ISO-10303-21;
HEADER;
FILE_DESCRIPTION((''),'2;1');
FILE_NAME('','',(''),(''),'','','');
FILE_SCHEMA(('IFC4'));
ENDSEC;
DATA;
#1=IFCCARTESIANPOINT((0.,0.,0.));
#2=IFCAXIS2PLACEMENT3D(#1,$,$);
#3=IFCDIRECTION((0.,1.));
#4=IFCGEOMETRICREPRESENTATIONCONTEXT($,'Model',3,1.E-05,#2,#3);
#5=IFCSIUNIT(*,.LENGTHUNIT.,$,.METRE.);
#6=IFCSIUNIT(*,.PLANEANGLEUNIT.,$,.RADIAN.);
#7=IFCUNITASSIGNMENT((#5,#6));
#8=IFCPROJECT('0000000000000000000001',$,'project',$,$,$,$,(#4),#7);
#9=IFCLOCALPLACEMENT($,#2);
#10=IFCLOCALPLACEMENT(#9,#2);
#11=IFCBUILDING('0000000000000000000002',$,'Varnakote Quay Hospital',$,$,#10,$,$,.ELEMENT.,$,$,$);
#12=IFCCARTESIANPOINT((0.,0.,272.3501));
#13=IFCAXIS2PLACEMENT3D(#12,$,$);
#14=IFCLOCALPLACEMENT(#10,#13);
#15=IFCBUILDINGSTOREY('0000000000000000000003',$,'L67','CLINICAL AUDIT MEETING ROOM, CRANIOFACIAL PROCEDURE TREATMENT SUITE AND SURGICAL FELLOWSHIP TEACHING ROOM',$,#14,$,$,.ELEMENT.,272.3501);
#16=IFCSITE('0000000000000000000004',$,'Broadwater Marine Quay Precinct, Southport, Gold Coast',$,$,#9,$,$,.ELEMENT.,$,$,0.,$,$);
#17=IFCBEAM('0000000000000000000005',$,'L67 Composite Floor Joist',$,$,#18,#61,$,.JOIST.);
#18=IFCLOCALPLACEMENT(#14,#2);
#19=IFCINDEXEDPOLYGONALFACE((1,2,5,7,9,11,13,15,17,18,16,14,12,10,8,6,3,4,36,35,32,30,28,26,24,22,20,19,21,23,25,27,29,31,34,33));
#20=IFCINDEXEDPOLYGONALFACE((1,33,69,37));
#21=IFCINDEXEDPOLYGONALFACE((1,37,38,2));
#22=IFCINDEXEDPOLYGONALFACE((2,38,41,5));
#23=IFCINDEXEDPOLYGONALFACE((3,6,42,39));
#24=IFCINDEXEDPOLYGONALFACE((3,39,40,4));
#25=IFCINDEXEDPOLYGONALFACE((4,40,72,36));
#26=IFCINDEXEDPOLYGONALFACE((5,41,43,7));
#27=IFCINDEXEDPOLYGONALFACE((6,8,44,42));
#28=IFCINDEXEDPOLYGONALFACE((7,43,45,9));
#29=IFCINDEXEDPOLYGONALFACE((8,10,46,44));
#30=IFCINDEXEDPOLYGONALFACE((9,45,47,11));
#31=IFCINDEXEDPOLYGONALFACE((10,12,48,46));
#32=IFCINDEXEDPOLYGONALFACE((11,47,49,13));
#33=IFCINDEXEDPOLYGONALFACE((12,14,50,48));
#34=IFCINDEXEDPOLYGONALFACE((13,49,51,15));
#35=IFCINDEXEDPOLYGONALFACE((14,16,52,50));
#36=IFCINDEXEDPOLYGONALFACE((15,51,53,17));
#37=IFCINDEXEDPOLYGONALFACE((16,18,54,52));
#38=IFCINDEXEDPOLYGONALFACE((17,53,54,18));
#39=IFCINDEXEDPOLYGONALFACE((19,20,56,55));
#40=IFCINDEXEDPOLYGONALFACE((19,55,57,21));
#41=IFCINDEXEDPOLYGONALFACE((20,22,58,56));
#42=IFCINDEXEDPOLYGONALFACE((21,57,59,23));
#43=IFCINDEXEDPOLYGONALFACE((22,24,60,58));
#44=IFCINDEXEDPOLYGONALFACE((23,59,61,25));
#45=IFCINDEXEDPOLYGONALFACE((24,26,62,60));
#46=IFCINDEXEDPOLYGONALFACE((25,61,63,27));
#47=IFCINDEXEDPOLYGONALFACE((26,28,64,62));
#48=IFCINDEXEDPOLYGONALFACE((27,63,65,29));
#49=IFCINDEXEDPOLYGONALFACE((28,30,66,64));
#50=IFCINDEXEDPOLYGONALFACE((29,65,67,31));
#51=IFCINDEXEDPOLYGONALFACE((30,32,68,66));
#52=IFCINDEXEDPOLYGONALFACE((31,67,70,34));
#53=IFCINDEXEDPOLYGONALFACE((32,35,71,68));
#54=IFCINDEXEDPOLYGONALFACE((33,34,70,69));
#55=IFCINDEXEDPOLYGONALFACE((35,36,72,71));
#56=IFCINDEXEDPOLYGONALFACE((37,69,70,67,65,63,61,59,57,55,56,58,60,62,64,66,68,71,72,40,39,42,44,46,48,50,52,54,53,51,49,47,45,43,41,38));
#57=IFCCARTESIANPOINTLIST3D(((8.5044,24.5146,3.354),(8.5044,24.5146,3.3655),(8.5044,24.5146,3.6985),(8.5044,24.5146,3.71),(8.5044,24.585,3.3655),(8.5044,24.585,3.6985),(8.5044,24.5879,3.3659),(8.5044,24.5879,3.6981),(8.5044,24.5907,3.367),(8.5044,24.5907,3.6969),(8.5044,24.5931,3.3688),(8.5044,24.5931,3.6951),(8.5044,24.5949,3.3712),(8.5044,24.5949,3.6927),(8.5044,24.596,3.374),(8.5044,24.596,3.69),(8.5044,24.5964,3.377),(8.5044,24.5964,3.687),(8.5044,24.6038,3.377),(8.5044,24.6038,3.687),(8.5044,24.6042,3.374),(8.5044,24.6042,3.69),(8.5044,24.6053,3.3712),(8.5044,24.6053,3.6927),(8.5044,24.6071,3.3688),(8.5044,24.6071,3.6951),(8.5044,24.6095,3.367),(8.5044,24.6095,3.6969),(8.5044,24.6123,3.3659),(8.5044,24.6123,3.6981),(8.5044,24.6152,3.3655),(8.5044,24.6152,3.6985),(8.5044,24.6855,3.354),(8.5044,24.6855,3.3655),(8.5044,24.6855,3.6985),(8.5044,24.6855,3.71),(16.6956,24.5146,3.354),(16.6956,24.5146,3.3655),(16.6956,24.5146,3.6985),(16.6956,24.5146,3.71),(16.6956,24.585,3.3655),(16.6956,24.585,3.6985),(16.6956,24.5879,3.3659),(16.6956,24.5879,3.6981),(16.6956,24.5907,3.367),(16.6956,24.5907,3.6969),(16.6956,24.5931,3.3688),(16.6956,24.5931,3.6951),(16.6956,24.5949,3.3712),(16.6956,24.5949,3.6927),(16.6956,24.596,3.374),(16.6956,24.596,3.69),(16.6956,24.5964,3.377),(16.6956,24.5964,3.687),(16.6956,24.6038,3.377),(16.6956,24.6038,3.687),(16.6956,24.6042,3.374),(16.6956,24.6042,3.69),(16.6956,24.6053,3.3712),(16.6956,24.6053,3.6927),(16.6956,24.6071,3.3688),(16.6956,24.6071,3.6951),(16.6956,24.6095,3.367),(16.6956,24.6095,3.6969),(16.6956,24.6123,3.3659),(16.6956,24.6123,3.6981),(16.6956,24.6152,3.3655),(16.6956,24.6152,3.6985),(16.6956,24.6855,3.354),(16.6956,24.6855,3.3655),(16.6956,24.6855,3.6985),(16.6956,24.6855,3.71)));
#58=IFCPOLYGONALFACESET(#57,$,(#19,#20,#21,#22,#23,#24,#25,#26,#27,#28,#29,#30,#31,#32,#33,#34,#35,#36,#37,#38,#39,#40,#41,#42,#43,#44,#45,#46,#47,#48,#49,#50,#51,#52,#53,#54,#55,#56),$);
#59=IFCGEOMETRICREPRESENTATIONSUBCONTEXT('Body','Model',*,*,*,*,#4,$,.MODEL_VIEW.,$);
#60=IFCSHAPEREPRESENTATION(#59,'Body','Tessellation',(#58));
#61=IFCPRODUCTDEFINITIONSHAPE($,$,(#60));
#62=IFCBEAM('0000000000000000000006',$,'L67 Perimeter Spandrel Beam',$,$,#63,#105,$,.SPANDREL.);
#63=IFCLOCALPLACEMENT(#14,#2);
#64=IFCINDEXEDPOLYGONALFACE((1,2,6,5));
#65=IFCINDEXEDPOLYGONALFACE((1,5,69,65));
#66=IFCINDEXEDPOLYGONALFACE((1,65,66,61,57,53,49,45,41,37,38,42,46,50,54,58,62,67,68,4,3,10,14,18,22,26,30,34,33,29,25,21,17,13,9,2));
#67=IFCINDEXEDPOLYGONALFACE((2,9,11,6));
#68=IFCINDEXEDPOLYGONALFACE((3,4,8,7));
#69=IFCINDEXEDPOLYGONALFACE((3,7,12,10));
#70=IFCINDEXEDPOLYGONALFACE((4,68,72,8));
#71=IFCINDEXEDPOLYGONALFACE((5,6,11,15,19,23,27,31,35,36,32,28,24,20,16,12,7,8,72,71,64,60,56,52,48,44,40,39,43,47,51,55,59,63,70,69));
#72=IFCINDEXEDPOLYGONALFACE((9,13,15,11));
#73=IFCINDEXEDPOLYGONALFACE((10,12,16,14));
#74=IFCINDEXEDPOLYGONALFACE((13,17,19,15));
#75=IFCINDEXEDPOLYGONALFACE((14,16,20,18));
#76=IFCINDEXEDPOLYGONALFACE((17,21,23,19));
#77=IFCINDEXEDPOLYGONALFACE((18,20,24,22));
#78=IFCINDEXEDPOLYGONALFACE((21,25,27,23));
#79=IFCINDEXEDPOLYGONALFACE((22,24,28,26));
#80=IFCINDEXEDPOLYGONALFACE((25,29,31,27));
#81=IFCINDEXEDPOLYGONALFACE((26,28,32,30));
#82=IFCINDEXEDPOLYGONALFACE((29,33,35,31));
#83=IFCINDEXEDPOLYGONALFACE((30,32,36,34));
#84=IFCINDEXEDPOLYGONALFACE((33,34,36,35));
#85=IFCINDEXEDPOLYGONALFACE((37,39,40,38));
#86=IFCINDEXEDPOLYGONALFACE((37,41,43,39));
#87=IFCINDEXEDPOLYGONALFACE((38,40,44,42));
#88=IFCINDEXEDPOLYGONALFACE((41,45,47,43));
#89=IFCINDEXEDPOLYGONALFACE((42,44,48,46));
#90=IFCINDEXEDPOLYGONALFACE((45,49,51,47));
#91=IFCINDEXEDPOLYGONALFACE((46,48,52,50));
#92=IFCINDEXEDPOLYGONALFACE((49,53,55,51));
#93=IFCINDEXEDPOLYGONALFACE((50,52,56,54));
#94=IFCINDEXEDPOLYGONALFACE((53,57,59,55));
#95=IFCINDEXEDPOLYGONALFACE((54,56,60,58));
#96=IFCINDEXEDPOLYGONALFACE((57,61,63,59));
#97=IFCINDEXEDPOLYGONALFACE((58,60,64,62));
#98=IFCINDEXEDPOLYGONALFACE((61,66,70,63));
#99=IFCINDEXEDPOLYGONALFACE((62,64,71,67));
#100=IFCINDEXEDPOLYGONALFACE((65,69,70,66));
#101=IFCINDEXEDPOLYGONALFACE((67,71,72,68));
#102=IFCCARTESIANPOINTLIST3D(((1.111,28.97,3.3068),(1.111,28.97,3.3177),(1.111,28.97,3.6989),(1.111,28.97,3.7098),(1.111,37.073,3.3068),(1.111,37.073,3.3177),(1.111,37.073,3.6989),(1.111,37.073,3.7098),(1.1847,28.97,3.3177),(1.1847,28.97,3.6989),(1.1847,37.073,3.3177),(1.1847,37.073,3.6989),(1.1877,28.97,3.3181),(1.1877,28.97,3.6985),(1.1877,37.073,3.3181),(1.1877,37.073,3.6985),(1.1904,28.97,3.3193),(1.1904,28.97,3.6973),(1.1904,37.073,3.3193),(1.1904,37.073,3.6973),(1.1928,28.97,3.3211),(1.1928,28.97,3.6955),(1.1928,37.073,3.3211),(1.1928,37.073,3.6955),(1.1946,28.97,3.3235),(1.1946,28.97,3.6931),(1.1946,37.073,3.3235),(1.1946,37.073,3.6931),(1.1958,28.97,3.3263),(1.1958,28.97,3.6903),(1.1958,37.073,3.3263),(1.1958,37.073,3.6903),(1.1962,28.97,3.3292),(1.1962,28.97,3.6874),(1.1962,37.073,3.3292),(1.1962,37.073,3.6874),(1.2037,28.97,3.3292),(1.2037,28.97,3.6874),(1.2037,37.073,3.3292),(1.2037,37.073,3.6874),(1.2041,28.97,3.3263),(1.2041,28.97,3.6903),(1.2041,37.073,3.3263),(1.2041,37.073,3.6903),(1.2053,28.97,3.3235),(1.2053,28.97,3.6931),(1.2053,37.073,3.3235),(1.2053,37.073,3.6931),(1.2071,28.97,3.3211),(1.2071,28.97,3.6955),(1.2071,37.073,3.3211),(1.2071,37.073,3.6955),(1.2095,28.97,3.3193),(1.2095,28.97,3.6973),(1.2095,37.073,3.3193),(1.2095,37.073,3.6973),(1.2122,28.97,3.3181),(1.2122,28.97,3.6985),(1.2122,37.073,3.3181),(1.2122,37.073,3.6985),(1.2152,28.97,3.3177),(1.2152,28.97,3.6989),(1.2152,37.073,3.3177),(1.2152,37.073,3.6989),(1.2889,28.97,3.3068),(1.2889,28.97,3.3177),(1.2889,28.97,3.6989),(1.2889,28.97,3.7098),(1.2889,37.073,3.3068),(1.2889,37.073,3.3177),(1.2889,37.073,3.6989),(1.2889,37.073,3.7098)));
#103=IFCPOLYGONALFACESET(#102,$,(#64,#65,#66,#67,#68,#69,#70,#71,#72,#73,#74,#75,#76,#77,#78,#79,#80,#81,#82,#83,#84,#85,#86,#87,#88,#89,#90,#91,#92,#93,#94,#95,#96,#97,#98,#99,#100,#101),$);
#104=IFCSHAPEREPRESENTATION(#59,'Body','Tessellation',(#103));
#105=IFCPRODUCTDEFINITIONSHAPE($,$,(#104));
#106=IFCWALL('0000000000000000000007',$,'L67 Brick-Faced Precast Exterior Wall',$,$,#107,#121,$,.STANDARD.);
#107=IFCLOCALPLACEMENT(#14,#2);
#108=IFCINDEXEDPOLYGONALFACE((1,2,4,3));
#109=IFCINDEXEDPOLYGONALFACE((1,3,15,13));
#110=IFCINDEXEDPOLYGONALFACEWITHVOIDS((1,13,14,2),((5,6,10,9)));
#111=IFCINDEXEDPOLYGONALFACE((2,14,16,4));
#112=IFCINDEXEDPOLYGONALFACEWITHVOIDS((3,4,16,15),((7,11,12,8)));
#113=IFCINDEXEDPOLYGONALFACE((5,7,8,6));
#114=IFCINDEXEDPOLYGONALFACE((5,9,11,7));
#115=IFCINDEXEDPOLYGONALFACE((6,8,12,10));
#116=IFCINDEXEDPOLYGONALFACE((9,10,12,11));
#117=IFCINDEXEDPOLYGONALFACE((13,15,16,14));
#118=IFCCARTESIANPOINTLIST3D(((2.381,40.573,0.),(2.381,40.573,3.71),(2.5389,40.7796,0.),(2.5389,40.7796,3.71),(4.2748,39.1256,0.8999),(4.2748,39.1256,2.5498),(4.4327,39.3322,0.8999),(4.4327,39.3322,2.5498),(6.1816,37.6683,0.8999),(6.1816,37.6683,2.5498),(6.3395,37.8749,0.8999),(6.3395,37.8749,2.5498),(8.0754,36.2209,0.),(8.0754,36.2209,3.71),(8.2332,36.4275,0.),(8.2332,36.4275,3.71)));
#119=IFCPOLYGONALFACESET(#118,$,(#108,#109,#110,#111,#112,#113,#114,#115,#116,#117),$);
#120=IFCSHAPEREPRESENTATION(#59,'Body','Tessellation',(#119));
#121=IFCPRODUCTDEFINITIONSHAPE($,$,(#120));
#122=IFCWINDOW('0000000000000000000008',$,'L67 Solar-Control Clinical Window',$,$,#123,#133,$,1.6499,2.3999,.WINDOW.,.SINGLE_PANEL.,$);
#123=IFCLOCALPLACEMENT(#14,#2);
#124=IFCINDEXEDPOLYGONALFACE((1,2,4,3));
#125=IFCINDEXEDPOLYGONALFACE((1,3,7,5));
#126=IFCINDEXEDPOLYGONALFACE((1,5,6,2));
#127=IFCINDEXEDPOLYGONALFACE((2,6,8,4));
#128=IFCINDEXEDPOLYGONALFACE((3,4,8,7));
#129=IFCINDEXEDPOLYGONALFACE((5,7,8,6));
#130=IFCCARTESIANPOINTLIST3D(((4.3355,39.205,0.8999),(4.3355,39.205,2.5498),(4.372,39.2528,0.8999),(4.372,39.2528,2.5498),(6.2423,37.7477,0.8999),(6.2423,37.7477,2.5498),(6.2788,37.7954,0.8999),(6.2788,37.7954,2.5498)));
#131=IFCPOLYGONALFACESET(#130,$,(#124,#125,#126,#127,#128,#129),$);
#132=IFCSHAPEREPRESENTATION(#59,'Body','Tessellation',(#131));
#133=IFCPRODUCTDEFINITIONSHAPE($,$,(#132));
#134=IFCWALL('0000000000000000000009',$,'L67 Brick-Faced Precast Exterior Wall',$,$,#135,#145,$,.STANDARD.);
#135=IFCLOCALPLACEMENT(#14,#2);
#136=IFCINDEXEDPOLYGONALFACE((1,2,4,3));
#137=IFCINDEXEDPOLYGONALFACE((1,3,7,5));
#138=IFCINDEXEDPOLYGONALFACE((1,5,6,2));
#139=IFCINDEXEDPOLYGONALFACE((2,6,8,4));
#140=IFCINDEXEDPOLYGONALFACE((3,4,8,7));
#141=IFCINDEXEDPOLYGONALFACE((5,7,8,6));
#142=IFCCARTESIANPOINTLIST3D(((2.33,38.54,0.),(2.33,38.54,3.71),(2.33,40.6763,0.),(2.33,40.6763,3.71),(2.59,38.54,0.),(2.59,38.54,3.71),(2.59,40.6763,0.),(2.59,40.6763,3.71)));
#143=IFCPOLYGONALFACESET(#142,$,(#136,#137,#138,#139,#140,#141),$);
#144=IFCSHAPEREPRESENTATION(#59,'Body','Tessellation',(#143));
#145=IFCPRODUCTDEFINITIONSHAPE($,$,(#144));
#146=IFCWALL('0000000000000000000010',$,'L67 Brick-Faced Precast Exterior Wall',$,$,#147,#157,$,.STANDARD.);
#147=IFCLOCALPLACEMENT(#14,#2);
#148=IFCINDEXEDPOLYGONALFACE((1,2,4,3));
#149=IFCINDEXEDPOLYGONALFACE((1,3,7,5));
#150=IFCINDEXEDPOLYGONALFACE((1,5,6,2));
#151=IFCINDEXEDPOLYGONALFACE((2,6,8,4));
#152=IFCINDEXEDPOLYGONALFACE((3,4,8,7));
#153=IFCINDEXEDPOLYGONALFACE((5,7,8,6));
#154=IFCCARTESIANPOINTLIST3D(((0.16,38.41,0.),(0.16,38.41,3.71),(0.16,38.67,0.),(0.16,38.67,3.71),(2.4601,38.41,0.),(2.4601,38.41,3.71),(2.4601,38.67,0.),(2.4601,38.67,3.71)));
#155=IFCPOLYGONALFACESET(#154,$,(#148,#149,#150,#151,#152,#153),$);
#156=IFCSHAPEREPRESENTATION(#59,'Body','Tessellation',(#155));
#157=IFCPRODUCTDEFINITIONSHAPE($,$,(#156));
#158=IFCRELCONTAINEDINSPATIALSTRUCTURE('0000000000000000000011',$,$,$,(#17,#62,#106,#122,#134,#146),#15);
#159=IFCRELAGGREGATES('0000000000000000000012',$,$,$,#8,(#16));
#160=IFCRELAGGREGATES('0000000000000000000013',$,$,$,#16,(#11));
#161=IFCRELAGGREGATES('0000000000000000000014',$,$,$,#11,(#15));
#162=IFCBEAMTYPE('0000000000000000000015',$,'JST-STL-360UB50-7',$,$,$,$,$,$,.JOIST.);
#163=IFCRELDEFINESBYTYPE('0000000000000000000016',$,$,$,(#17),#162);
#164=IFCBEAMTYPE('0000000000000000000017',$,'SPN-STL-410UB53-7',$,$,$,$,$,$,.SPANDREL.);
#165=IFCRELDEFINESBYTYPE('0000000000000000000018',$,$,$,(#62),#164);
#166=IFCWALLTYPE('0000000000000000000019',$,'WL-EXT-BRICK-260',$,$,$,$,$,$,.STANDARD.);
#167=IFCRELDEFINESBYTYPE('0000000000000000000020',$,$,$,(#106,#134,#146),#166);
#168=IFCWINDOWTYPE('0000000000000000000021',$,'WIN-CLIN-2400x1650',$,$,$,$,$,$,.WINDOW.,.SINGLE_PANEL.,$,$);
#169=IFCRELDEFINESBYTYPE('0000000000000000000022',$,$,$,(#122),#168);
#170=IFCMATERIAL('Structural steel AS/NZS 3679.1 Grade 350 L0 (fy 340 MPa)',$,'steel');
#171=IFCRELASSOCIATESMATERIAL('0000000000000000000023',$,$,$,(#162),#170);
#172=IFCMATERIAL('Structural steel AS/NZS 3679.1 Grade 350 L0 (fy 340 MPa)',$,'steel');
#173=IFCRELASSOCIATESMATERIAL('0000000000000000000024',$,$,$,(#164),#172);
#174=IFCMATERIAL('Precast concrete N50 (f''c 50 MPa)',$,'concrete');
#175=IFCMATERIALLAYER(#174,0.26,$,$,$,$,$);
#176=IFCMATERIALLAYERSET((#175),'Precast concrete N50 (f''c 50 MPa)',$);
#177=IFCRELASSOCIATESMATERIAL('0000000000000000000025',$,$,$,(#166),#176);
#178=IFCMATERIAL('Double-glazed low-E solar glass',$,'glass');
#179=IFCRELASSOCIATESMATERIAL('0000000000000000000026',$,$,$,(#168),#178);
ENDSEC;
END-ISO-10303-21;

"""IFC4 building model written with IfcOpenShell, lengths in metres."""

from ifc_helpers import new_model, si_unit, direction, frame, frame_2d, origin, origin_2d, place, context, subcontext, project, spatial, rectangle, i_section, extrude, material, layer, layer_set, material_profile, profile_set, type_object, element, fill, save


model = new_model("IFC4")

# Units and contexts
model_context = context("Model", 3, precision=1e-05, world=origin(), true_north=direction((0.0, 1.0)))
body_context = subcontext(model_context, "Body", "Model", "MODEL_VIEW")
ifc_project = project(units=[si_unit("LENGTHUNIT", "METRE"), si_unit("PLANEANGLEUNIT", "RADIAN")], contexts=[model_context])

# Site, building, storey
site_placement = place(None, origin())
site = spatial("IfcSite", under=ifc_project, at=site_placement, Name="Broadwater Marine Quay Precinct, Southport, Gold Coast", CompositionType="ELEMENT", RefElevation=0.0)
building_placement = place(site_placement, origin())
building = spatial("IfcBuilding", under=site, at=building_placement, Name="Varnakote Quay Hospital", CompositionType="ELEMENT")
storey_placement = place(building_placement, frame((0.0, 0.0, 272.3501)))
storey = spatial("IfcBuildingStorey", under=building, at=storey_placement, Name="L67", Description="CLINICAL AUDIT MEETING ROOM, CRANIOFACIAL PROCEDURE TREATMENT SUITE AND SURGICAL FELLOWSHIP TEACHING ROOM", CompositionType="ELEMENT", Elevation=272.3501)

# Beams
ifc_material_1 = material(Name="Structural steel AS/NZS 3679.1 Grade 350 L0 (fy 340 MPa)", Category="steel")
ifc_material_profile_1 = material_profile(ifc_material_1, i_section(OverallWidth=0.1709, OverallDepth=0.356, WebThickness=0.0073, FlangeThickness=0.0115, FilletRadius=0.0115, at=origin_2d()), Name="360UB50.7")
ifc_profile_set_1 = profile_set([ifc_material_profile_1], Name="Structural steel AS/NZS 3679.1 Grade 350 L0 (fy 340 MPa)")
beam_type_1 = type_object("IfcBeamType", Name="JST-STL-360UB50-7", PredefinedType="JOIST", material=ifc_profile_set_1)
beam_1_placement = place(storey_placement, frame((8.5044, 24.6001, 3.532), z_axis=(1.0, 0.0, 0.0), x_axis=(0.0, 1.0, 0.0)))
element("IfcBeam", 1, at=beam_1_placement, inside=storey, type_object=beam_type_1, Name="L67 Composite Floor Joist", PredefinedType="JOIST", context=body_context, shape_type="SweptSolid", body=[
    extrude(i_section(OverallWidth=0.1709, OverallDepth=0.356, WebThickness=0.0073, FlangeThickness=0.0115, FilletRadius=0.0115, at=origin_2d()), origin(), (0.0, 0.0, 1.0), 8.1912),
])
ifc_material_2 = material(Name="Structural steel AS/NZS 3679.1 Grade 350 L0 (fy 340 MPa)", Category="steel")
ifc_material_profile_2 = material_profile(ifc_material_2, i_section(OverallWidth=0.178, OverallDepth=0.4031, WebThickness=0.0076, FlangeThickness=0.011, FilletRadius=0.0115, at=origin_2d()), Name="410UB53.7")
ifc_profile_set_2 = profile_set([ifc_material_profile_2], Name="Structural steel AS/NZS 3679.1 Grade 350 L0 (fy 340 MPa)")
beam_type_2 = type_object("IfcBeamType", Name="SPN-STL-410UB53-7", PredefinedType="SPANDREL", material=ifc_profile_set_2)
beam_2_placement = place(storey_placement, frame((1.2, 28.97, 3.5083), z_axis=(0.0, 1.0, 0.0), x_axis=(-1.0, 0.0, 0.0)))
element("IfcBeam", 2, at=beam_2_placement, inside=storey, type_object=beam_type_2, Name="L67 Perimeter Spandrel Beam", PredefinedType="SPANDREL", context=body_context, shape_type="SweptSolid", body=[
    extrude(i_section(OverallWidth=0.178, OverallDepth=0.4031, WebThickness=0.0076, FlangeThickness=0.011, FilletRadius=0.0115, at=origin_2d()), origin(), (0.0, 0.0, 1.0), 8.103),
])

# Wall, opening, window
ifc_material_3 = material(Name="Precast concrete N50 (f'c 50 MPa)", Category="concrete")
ifc_layer_1 = layer(ifc_material_3, 0.26)
ifc_layer_set_1 = layer_set([ifc_layer_1], Name="Precast concrete N50 (f'c 50 MPa)")
wall_type_1 = type_object("IfcWallType", Name="WL-EXT-BRICK-260", PredefinedType="STANDARD", material=ifc_layer_set_1)
wall_1_placement = place(storey_placement, frame((8.1543, 36.3242, 0.0), z_axis=(0.0, 0.0, 1.0), x_axis=(-0.794522, 0.607235, 0.0)))
wall_1 = element("IfcWall", 3, at=wall_1_placement, inside=storey, type_object=wall_type_1, Name="L67 Brick-Faced Precast Exterior Wall", PredefinedType="STANDARD", context=body_context, shape_type="SweptSolid", body=[
    extrude(rectangle(XDim=7.167, YDim=0.26, at=frame_2d((3.5835, 0.0))), origin(), (0.0, 0.0, 1.0), 3.71),
])
opening_1_placement = place(wall_1_placement, frame((2.3835, 0.0, 0.8999)))
opening_1 = element("IfcOpeningElement", 4, at=opening_1_placement, cuts=wall_1, PredefinedType="OPENING", context=body_context, shape_type="SweptSolid", body=[
    extrude(rectangle(XDim=2.3999, YDim=1.6499, at=frame_2d((1.2, 0.825))), frame((0.0, 0.1399, 0.0), z_axis=(0.0, -1.0, 0.0), x_axis=(1.0, 0.0, 0.0)), (0.0, 0.0, 1.0), 0.28),
])
ifc_material_4 = material(Name="Double-glazed low-E solar glass", Category="glass")
window_type = type_object("IfcWindowType", Name="WIN-CLIN-2400x1650", PartitioningType="SINGLE_PANEL", PredefinedType="WINDOW", material=ifc_material_4)
window_1_placement = place(opening_1_placement, origin())
window_1 = element("IfcWindow", 5, at=window_1_placement, inside=storey, type_object=window_type, Name="L67 Solar-Control Clinical Window", OverallHeight=1.6499, OverallWidth=2.3999, PartitioningType="SINGLE_PANEL", PredefinedType="WINDOW", context=body_context, shape_type="SweptSolid", body=[
    extrude(rectangle(XDim=2.3999, YDim=1.6499, at=frame_2d((1.2, 0.825))), frame((0.0, 0.03, 0.0), z_axis=(0.0, -1.0, 0.0), x_axis=(1.0, 0.0, 0.0)), (0.0, 0.0, 1.0), 0.0601),
])
fill(opening_1, window_1)

# Walls
wall_2_placement = place(storey_placement, frame((2.46, 40.6763, 0.0), z_axis=(0.0, 0.0, 1.0), x_axis=(0.0, -1.0, 0.0)))
element("IfcWall", 6, at=wall_2_placement, inside=storey, type_object=wall_type_1, Name="L67 Brick-Faced Precast Exterior Wall", PredefinedType="STANDARD", context=body_context, shape_type="SweptSolid", body=[
    extrude(rectangle(XDim=2.1362, YDim=0.26, at=frame_2d((1.0681, 0.0))), origin(), (0.0, 0.0, 1.0), 3.71),
])
wall_3_placement = place(storey_placement, frame((2.46, 38.54, 0.0), z_axis=(0.0, 0.0, 1.0), x_axis=(-1.0, 0.0, 0.0)))
element("IfcWall", 7, at=wall_3_placement, inside=storey, type_object=wall_type_1, Name="L67 Brick-Faced Precast Exterior Wall", PredefinedType="STANDARD", context=body_context, shape_type="SweptSolid", body=[
    extrude(rectangle(XDim=2.3, YDim=0.26, at=frame_2d((1.1499, 0.0))), origin(), (0.0, 0.0, 1.0), 3.71),
])

save(model, "model.ifc")
